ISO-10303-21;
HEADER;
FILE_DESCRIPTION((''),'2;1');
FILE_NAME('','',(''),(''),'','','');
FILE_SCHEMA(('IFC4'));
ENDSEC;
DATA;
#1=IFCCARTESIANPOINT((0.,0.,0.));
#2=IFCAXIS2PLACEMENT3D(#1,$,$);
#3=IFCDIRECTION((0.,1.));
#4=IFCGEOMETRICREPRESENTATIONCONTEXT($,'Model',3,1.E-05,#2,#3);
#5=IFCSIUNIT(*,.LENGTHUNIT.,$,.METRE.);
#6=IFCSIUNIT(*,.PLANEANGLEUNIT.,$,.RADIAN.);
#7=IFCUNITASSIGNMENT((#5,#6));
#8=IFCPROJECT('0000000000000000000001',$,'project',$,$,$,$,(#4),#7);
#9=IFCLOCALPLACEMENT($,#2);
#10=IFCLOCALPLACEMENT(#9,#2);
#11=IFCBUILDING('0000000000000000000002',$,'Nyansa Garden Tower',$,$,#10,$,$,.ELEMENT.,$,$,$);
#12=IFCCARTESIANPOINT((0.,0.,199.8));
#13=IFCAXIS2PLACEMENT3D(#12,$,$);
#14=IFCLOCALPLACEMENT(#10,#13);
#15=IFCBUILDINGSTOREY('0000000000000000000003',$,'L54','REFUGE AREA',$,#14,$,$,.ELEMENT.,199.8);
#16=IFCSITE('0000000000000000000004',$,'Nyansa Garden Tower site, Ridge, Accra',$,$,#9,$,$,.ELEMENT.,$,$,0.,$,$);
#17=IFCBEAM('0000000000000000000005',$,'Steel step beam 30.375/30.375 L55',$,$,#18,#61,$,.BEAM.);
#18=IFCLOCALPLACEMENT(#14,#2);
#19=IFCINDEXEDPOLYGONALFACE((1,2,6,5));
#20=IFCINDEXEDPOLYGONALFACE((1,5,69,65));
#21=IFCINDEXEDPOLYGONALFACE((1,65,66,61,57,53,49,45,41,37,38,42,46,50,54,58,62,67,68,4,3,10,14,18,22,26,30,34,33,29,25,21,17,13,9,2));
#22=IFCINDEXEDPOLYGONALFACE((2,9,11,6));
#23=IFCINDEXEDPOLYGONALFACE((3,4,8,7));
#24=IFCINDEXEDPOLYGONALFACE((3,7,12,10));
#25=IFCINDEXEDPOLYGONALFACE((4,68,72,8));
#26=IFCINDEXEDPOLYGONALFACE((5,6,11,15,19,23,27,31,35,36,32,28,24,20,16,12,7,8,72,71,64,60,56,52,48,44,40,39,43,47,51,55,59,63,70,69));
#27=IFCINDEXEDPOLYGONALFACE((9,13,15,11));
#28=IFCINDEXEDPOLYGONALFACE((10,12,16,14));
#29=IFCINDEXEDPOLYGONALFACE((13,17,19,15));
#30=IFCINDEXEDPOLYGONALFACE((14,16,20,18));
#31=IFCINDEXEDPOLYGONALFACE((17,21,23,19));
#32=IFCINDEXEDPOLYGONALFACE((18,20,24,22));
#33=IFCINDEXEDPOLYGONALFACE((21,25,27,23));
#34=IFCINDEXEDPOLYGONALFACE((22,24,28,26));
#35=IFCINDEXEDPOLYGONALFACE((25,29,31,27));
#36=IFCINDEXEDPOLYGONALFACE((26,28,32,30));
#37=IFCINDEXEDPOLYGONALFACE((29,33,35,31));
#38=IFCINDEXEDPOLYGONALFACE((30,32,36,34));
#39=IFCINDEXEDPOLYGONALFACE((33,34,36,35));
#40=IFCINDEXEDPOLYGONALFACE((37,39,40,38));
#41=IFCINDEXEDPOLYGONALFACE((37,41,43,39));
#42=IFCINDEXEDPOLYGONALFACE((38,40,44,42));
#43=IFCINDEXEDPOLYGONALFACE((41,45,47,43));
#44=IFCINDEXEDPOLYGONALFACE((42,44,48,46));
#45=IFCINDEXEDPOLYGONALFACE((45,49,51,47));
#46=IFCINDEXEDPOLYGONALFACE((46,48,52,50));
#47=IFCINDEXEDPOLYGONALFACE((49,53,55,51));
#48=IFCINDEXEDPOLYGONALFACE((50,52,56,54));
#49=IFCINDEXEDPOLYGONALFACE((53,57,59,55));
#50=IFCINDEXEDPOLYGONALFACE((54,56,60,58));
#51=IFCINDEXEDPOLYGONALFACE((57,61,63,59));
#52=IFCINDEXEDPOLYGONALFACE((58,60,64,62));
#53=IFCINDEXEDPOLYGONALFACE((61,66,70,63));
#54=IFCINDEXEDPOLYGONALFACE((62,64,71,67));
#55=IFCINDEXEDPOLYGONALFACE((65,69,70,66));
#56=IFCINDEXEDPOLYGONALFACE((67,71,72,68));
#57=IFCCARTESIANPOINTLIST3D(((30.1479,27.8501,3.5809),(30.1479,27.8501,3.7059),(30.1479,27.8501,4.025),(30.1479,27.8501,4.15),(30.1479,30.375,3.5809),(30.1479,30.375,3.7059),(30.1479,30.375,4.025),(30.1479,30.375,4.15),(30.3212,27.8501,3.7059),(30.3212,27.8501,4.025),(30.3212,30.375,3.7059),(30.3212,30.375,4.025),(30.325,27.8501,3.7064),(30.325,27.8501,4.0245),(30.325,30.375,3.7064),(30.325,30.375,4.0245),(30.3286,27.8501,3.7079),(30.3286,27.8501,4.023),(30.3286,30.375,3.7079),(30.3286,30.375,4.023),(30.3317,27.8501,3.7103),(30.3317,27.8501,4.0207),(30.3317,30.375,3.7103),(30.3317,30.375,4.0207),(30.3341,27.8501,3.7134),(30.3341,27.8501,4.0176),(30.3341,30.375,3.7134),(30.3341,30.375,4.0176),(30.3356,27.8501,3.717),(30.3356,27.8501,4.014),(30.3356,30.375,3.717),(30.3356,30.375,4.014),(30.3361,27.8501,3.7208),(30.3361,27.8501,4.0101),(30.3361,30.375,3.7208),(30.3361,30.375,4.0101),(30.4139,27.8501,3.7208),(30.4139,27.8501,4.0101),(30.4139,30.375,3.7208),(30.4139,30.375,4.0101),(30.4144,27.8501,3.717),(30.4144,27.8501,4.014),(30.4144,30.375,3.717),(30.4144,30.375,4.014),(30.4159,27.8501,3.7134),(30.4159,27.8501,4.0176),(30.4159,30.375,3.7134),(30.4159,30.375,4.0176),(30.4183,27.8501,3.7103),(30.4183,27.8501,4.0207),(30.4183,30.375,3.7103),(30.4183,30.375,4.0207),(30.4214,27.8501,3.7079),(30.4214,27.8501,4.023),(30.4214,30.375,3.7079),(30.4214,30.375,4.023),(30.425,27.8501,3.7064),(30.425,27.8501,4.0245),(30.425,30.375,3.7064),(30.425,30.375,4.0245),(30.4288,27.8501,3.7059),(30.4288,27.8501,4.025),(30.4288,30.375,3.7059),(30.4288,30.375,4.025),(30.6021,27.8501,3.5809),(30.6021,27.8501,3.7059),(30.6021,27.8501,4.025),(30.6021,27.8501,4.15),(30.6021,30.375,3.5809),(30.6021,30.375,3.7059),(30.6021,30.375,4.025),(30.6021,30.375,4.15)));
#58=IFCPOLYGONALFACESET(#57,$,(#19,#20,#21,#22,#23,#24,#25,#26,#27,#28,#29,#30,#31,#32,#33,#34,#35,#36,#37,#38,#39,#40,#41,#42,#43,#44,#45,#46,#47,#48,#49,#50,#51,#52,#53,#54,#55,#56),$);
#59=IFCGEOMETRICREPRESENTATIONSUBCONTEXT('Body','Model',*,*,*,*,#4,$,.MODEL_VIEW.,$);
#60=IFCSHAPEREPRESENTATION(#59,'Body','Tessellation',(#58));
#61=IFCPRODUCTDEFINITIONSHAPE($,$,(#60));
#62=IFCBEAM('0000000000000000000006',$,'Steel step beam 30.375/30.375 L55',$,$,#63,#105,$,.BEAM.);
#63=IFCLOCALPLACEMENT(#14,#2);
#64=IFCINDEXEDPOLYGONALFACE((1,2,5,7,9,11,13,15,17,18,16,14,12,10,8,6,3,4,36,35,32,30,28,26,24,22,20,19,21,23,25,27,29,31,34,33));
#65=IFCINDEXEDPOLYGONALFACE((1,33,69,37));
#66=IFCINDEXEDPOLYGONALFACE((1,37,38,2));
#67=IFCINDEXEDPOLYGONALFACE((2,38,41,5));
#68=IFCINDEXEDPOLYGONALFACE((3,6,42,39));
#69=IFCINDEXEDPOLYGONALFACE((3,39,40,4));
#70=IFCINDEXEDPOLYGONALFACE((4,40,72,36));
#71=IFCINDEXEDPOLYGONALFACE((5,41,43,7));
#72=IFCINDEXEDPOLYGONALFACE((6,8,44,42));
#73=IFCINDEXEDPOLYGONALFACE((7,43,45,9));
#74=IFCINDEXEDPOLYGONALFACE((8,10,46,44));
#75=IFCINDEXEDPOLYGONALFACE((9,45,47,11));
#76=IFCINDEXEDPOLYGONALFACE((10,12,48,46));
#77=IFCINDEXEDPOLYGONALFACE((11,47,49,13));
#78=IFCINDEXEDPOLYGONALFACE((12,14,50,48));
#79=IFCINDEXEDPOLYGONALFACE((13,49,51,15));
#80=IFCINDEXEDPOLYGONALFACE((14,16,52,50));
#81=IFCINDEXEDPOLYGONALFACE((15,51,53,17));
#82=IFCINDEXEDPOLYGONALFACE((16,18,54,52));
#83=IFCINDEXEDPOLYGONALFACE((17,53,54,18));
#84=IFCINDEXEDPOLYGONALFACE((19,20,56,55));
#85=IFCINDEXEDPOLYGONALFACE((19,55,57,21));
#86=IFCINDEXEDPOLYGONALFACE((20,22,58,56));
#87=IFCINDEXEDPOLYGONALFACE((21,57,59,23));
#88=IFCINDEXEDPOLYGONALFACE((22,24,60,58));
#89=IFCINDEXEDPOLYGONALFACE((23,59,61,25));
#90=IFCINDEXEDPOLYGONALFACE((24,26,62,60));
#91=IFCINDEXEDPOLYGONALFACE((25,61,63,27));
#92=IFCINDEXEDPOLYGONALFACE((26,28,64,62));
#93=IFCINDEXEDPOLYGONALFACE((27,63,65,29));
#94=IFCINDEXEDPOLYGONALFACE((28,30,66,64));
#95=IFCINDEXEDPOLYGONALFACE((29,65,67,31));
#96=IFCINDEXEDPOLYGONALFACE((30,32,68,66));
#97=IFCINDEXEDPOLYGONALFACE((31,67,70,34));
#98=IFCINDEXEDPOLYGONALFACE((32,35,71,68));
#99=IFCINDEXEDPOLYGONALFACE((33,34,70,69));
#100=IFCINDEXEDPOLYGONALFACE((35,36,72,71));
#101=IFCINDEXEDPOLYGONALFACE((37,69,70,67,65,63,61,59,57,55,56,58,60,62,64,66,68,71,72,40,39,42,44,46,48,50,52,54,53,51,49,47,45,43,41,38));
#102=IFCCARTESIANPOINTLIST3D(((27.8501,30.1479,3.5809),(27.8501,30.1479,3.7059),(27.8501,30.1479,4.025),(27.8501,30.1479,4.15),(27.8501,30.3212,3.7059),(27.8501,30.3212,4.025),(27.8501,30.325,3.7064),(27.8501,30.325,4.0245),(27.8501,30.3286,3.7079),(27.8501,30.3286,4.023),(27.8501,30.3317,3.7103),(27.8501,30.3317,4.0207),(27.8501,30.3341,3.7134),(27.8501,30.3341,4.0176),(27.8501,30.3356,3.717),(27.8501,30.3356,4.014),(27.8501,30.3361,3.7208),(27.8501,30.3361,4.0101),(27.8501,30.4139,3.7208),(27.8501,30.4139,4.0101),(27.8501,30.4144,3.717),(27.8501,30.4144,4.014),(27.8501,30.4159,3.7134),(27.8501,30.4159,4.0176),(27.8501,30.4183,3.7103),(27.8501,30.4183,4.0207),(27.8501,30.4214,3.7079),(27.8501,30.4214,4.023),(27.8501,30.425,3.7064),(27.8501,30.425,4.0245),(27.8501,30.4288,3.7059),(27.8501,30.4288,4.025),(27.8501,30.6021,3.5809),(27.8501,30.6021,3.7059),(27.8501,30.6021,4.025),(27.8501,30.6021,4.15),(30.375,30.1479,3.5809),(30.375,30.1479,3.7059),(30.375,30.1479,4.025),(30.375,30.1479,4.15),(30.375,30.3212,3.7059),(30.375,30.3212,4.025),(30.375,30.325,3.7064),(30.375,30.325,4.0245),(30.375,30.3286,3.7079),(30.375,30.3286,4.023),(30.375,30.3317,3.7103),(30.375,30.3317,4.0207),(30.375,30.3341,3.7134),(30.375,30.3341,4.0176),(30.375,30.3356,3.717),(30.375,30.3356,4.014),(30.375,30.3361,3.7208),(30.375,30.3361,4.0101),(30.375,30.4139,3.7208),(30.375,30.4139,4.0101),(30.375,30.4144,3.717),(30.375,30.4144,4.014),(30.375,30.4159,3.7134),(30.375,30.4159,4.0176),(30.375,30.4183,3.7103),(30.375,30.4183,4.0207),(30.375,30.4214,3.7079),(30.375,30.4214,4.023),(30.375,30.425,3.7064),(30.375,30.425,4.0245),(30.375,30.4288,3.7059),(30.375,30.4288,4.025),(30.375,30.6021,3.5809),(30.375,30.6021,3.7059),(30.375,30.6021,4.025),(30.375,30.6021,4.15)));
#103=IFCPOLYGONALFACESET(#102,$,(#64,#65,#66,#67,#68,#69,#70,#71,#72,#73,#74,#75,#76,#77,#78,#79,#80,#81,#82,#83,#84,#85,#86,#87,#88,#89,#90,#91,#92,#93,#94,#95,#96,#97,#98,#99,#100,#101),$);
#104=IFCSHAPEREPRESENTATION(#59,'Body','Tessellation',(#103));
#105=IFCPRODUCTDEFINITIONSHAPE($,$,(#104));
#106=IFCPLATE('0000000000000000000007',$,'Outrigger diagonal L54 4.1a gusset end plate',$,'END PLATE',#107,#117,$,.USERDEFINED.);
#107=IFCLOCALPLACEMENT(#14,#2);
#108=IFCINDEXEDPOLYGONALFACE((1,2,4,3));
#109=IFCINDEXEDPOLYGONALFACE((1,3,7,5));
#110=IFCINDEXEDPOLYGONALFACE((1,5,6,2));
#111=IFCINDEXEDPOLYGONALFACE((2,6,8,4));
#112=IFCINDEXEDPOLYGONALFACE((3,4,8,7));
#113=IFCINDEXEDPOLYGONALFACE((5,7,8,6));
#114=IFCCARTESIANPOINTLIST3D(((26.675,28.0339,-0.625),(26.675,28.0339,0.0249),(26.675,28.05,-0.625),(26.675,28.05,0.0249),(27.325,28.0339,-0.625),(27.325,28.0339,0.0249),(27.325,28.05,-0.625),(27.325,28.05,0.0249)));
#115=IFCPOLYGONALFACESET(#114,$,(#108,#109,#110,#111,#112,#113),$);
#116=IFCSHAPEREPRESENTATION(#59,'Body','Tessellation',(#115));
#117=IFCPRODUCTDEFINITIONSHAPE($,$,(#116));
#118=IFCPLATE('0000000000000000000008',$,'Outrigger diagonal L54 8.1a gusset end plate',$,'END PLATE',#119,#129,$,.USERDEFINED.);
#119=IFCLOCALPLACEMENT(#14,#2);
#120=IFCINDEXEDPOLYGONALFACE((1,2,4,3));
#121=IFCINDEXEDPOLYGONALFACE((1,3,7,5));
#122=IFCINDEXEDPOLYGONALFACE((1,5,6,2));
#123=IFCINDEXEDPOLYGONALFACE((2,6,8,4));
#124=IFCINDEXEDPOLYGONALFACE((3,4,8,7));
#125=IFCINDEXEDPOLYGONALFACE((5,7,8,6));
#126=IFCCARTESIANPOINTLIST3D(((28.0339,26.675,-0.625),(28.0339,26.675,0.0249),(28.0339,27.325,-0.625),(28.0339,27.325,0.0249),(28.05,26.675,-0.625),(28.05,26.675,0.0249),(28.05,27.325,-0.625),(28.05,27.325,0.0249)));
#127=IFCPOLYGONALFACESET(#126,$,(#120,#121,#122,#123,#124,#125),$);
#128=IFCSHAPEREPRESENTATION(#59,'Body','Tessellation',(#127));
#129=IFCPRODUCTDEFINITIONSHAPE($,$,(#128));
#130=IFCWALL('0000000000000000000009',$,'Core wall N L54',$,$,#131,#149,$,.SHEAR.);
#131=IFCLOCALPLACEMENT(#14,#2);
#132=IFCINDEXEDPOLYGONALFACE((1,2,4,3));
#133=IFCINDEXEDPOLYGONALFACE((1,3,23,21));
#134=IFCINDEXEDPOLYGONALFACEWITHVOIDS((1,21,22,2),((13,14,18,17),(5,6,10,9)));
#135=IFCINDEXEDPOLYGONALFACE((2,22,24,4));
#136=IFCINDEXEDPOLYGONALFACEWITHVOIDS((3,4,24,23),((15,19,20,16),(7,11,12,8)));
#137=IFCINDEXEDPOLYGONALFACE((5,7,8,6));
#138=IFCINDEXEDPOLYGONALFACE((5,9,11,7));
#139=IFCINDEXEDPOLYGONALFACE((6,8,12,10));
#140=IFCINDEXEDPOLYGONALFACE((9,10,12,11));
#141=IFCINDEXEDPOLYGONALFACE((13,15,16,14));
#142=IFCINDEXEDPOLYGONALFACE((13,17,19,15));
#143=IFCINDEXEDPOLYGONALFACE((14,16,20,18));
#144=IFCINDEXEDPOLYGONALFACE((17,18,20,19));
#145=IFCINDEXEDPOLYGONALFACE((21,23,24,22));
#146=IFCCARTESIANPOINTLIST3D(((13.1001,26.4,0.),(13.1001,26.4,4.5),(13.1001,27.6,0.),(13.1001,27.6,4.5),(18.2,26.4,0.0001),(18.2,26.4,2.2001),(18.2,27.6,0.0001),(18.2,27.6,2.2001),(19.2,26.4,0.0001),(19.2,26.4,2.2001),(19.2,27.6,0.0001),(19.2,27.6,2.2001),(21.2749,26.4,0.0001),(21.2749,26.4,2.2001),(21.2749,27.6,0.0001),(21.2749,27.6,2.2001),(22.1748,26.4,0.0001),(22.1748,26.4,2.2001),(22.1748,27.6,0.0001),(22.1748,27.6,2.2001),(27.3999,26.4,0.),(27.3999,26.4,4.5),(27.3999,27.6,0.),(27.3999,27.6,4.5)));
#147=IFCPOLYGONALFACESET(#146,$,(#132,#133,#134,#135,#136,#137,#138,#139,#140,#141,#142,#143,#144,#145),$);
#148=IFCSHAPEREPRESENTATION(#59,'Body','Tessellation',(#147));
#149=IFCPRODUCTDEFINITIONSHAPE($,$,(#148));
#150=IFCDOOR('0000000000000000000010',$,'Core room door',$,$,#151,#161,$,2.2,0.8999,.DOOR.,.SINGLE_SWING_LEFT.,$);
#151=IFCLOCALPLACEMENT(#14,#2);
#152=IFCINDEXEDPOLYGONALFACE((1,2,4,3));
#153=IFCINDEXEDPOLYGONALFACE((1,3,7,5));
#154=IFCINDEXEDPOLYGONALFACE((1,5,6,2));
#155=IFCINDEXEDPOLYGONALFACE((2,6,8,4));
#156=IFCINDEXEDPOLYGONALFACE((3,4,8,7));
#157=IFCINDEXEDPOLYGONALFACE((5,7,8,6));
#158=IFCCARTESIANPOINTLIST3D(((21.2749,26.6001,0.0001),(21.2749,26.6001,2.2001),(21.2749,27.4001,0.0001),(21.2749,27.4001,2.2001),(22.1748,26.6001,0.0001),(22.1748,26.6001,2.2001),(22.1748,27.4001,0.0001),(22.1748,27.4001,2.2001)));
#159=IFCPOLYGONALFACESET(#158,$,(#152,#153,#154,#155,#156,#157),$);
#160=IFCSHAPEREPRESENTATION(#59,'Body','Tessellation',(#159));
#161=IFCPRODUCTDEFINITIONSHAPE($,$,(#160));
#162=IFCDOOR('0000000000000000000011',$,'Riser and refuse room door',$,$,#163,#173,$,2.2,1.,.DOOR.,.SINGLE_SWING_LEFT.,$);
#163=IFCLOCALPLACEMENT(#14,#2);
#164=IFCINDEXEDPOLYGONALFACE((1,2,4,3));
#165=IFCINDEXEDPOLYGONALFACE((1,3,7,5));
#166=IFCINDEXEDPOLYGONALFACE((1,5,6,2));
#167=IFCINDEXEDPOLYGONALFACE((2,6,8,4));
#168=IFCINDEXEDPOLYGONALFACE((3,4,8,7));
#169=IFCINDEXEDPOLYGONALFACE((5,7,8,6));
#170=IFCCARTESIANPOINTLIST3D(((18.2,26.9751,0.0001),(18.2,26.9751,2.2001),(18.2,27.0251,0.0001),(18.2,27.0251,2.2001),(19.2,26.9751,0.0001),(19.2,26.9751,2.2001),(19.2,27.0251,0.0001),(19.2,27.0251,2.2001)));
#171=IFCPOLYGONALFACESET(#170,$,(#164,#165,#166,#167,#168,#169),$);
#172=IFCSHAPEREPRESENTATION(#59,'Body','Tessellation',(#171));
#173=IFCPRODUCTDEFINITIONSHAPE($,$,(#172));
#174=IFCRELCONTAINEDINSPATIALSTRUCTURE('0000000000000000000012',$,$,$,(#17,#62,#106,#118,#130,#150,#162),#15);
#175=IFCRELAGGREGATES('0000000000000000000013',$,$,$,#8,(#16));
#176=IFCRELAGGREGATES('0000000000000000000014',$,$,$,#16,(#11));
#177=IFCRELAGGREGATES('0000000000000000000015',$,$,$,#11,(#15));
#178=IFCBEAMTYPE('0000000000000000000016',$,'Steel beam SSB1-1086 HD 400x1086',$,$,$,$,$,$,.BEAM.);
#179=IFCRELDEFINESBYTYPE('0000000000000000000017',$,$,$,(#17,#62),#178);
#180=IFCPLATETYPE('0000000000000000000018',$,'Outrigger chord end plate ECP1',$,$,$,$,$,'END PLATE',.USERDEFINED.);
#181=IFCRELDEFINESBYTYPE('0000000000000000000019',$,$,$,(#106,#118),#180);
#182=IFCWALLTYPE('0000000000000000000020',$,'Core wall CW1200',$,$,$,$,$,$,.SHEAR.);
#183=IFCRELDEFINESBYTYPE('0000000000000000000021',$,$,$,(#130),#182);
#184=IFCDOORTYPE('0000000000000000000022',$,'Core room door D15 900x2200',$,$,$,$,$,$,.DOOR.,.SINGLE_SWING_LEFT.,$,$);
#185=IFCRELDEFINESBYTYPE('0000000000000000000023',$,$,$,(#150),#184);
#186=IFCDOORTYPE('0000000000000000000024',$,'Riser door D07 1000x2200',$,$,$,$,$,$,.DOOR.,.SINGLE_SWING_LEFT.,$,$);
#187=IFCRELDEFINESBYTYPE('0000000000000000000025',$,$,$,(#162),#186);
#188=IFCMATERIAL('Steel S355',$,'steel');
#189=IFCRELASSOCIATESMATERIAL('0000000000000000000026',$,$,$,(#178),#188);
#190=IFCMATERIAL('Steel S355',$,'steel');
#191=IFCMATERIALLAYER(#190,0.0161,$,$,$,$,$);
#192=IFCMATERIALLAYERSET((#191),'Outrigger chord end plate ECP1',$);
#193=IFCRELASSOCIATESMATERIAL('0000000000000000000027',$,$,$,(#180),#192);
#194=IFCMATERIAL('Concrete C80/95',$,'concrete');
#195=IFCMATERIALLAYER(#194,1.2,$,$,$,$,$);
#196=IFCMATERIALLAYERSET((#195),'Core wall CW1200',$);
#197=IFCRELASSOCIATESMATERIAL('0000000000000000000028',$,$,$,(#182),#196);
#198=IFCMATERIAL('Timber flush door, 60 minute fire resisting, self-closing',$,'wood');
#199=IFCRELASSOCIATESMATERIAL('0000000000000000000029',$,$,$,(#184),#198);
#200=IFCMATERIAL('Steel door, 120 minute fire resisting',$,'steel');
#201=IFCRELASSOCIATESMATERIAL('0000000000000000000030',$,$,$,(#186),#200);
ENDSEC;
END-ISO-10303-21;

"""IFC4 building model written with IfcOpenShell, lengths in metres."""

from ifc_helpers import new_model, si_unit, direction, frame, frame_2d, origin, origin_2d, place, context, subcontext, project, spatial, rectangle, i_section, extrude, material, layer, layer_set, material_profile, profile_set, type_object, element, fill, save


model = new_model("IFC4")

# Units and contexts
model_context = context("Model", 3, precision=1e-05, world=origin(), true_north=direction((0.0, 1.0)))
body_context = subcontext(model_context, "Body", "Model", "MODEL_VIEW")
ifc_project = project(units=[si_unit("LENGTHUNIT", "METRE"), si_unit("PLANEANGLEUNIT", "RADIAN")], contexts=[model_context])

# Site, building, storey
site_placement = place(None, origin())
site = spatial("IfcSite", under=ifc_project, at=site_placement, Name="Nyansa Garden Tower site, Ridge, Accra", CompositionType="ELEMENT", RefElevation=0.0)
building_placement = place(site_placement, origin())
building = spatial("IfcBuilding", under=site, at=building_placement, Name="Nyansa Garden Tower", CompositionType="ELEMENT")
storey_placement = place(building_placement, frame((0.0, 0.0, 199.8)))
storey = spatial("IfcBuildingStorey", under=building, at=storey_placement, Name="L54", Description="REFUGE AREA", CompositionType="ELEMENT", Elevation=199.8)

# Beams
ifc_material_1 = material(Name="Steel S355", Category="steel")
ifc_material_profile_1 = material_profile(ifc_material_1, i_section(OverallWidth=0.4541, OverallDepth=0.5691, WebThickness=0.0779, FlangeThickness=0.125, FilletRadius=0.0149, at=origin_2d()), Name="HD 400x1086")
ifc_profile_set_1 = profile_set([ifc_material_profile_1], Name="Steel S355")
beam_type_1 = type_object("IfcBeamType", Name="Steel beam SSB1-1086 HD 400x1086", PredefinedType="BEAM", material=ifc_profile_set_1)
for number, where, z_axis, x_axis, name in (
    (1, (30.375, 30.375, 3.8655), (0.0, -1.0, 0.0), (1.0, 0.0, 0.0), "Steel step beam 30.375/30.375 L55"),
    (2, (30.375, 30.375, 3.8655), (-1.0, 0.0, 0.0), (0.0, -1.0, 0.0), "Steel step beam 30.375/30.375 L55"),
):
    element("IfcBeam", number, at=place(storey_placement, frame(where, z_axis=z_axis, x_axis=x_axis)), inside=storey, type_object=beam_type_1, Name=name, PredefinedType="BEAM", context=body_context, shape_type="SweptSolid", body=[
        extrude(i_section(OverallWidth=0.4541, OverallDepth=0.5691, WebThickness=0.0779, FlangeThickness=0.125, FilletRadius=0.0149, at=origin_2d()), origin(), (0.0, 0.0, 1.0), 2.5249),
    ])

# Plates
ifc_material_2 = material(Name="Steel S355", Category="steel")
ifc_layer_1 = layer(ifc_material_2, 0.0161)
ifc_layer_set_1 = layer_set([ifc_layer_1], Name="Outrigger chord end plate ECP1")
plate_type = type_object("IfcPlateType", Name="Outrigger chord end plate ECP1", ElementType="END PLATE", PredefinedType="USERDEFINED", material=ifc_layer_set_1)
plate_1_placement = place(storey_placement, frame((27.0, 28.042, -0.625), z_axis=(0.0, 0.0, 1.0), x_axis=(1.0, 0.0, 0.0)))
element("IfcPlate", 3, at=plate_1_placement, inside=storey, type_object=plate_type, Name="Outrigger diagonal L54 4.1a gusset end plate", ObjectType="END PLATE", PredefinedType="USERDEFINED", context=body_context, shape_type="SweptSolid", body=[
    extrude(rectangle(XDim=0.6499, YDim=0.0161, at=origin_2d()), origin(), (0.0, 0.0, 1.0), 0.6499),
])
plate_2_placement = place(storey_placement, frame((28.042, 27.0, -0.625), z_axis=(0.0, 0.0, 1.0), x_axis=(1.0, 0.0, 0.0)))
element("IfcPlate", 4, at=plate_2_placement, inside=storey, type_object=plate_type, Name="Outrigger diagonal L54 8.1a gusset end plate", ObjectType="END PLATE", PredefinedType="USERDEFINED", context=body_context, shape_type="SweptSolid", body=[
    extrude(rectangle(XDim=0.0161, YDim=0.6499, at=origin_2d()), origin(), (0.0, 0.0, 1.0), 0.6499),
])

# Wall, openings, doors
ifc_material_3 = material(Name="Concrete C80/95", Category="concrete")
ifc_layer_2 = layer(ifc_material_3, 1.2)
ifc_layer_set_2 = layer_set([ifc_layer_2], Name="Core wall CW1200")
wall_type_1 = type_object("IfcWallType", Name="Core wall CW1200", PredefinedType="SHEAR", material=ifc_layer_set_2)
wall_1_placement = place(storey_placement, frame((27.3999, 27.0, 0.0), z_axis=(0.0, 0.0, 1.0), x_axis=(-1.0, 0.0, 0.0)))
wall_1 = element("IfcWall", 5, at=wall_1_placement, inside=storey, type_object=wall_type_1, Name="Core wall N L54", PredefinedType="SHEAR", context=body_context, shape_type="SweptSolid", body=[
    extrude(rectangle(XDim=14.2998, YDim=1.2, at=frame_2d((7.1499, 0.0))), origin(), (0.0, 0.0, 1.0), 4.5),
])
opening_1_placement = place(wall_1_placement, frame((5.2251, 0.0, 0.0)))
opening_1 = element("IfcOpeningElement", 6, at=opening_1_placement, cuts=wall_1, PredefinedType="OPENING", context=body_context, shape_type="SweptSolid", body=[
    extrude(rectangle(XDim=0.8999, YDim=2.2, at=frame_2d((0.45, 1.1001))), frame((0.0, 0.6099, 0.0), z_axis=(0.0, -1.0, 0.0), x_axis=(1.0, 0.0, 0.0)), (0.0, 0.0, 1.0), 1.22),
])
opening_2_placement = place(wall_1_placement, frame((8.2, 0.0, 0.0)))
opening_2 = element("IfcOpeningElement", 7, at=opening_2_placement, cuts=wall_1, PredefinedType="OPENING", context=body_context, shape_type="SweptSolid", body=[
    extrude(rectangle(XDim=1.0, YDim=2.2, at=frame_2d((0.5, 1.1001))), frame((0.0, 0.6099, 0.0), z_axis=(0.0, -1.0, 0.0), x_axis=(1.0, 0.0, 0.0)), (0.0, 0.0, 1.0), 1.22),
])
ifc_material_4 = material(Name="Timber flush door, 60 minute fire resisting, self-closing", Category="wood")
door_type_1 = type_object("IfcDoorType", Name="Core room door D15 900x2200", OperationType="SINGLE_SWING_LEFT", PredefinedType="DOOR", material=ifc_material_4)
door_1_placement = place(opening_1_placement, origin())
door_1 = element("IfcDoor", 8, at=door_1_placement, inside=storey, type_object=door_type_1, Name="Core room door", OperationType="SINGLE_SWING_LEFT", OverallHeight=2.2, OverallWidth=0.8999, PredefinedType="DOOR", context=body_context, shape_type="SweptSolid", body=[
    extrude(rectangle(XDim=0.8999, YDim=2.2, at=frame_2d((0.45, 1.1001))), frame((0.0, 0.3999, 0.0), z_axis=(0.0, -1.0, 0.0), x_axis=(1.0, 0.0, 0.0)), (0.0, 0.0, 1.0), 0.8),
])
fill(opening_1, door_1)
ifc_material_5 = material(Name="Steel door, 120 minute fire resisting", Category="steel")
door_type_2 = type_object("IfcDoorType", Name="Riser door D07 1000x2200", OperationType="SINGLE_SWING_LEFT", PredefinedType="DOOR", material=ifc_material_5)
door_2_placement = place(opening_2_placement, origin())
door_2 = element("IfcDoor", 9, at=door_2_placement, inside=storey, type_object=door_type_2, Name="Riser and refuse room door", OperationType="SINGLE_SWING_LEFT", OverallHeight=2.2, OverallWidth=1.0, PredefinedType="DOOR", context=body_context, shape_type="SweptSolid", body=[
    extrude(rectangle(XDim=1.0, YDim=2.2, at=frame_2d((0.5, 1.1001))), frame((0.0, 0.0249, 0.0), z_axis=(0.0, -1.0, 0.0), x_axis=(1.0, 0.0, 0.0)), (0.0, 0.0, 1.0), 0.05),
])
fill(opening_2, door_2)

save(model, "model.ifc")
